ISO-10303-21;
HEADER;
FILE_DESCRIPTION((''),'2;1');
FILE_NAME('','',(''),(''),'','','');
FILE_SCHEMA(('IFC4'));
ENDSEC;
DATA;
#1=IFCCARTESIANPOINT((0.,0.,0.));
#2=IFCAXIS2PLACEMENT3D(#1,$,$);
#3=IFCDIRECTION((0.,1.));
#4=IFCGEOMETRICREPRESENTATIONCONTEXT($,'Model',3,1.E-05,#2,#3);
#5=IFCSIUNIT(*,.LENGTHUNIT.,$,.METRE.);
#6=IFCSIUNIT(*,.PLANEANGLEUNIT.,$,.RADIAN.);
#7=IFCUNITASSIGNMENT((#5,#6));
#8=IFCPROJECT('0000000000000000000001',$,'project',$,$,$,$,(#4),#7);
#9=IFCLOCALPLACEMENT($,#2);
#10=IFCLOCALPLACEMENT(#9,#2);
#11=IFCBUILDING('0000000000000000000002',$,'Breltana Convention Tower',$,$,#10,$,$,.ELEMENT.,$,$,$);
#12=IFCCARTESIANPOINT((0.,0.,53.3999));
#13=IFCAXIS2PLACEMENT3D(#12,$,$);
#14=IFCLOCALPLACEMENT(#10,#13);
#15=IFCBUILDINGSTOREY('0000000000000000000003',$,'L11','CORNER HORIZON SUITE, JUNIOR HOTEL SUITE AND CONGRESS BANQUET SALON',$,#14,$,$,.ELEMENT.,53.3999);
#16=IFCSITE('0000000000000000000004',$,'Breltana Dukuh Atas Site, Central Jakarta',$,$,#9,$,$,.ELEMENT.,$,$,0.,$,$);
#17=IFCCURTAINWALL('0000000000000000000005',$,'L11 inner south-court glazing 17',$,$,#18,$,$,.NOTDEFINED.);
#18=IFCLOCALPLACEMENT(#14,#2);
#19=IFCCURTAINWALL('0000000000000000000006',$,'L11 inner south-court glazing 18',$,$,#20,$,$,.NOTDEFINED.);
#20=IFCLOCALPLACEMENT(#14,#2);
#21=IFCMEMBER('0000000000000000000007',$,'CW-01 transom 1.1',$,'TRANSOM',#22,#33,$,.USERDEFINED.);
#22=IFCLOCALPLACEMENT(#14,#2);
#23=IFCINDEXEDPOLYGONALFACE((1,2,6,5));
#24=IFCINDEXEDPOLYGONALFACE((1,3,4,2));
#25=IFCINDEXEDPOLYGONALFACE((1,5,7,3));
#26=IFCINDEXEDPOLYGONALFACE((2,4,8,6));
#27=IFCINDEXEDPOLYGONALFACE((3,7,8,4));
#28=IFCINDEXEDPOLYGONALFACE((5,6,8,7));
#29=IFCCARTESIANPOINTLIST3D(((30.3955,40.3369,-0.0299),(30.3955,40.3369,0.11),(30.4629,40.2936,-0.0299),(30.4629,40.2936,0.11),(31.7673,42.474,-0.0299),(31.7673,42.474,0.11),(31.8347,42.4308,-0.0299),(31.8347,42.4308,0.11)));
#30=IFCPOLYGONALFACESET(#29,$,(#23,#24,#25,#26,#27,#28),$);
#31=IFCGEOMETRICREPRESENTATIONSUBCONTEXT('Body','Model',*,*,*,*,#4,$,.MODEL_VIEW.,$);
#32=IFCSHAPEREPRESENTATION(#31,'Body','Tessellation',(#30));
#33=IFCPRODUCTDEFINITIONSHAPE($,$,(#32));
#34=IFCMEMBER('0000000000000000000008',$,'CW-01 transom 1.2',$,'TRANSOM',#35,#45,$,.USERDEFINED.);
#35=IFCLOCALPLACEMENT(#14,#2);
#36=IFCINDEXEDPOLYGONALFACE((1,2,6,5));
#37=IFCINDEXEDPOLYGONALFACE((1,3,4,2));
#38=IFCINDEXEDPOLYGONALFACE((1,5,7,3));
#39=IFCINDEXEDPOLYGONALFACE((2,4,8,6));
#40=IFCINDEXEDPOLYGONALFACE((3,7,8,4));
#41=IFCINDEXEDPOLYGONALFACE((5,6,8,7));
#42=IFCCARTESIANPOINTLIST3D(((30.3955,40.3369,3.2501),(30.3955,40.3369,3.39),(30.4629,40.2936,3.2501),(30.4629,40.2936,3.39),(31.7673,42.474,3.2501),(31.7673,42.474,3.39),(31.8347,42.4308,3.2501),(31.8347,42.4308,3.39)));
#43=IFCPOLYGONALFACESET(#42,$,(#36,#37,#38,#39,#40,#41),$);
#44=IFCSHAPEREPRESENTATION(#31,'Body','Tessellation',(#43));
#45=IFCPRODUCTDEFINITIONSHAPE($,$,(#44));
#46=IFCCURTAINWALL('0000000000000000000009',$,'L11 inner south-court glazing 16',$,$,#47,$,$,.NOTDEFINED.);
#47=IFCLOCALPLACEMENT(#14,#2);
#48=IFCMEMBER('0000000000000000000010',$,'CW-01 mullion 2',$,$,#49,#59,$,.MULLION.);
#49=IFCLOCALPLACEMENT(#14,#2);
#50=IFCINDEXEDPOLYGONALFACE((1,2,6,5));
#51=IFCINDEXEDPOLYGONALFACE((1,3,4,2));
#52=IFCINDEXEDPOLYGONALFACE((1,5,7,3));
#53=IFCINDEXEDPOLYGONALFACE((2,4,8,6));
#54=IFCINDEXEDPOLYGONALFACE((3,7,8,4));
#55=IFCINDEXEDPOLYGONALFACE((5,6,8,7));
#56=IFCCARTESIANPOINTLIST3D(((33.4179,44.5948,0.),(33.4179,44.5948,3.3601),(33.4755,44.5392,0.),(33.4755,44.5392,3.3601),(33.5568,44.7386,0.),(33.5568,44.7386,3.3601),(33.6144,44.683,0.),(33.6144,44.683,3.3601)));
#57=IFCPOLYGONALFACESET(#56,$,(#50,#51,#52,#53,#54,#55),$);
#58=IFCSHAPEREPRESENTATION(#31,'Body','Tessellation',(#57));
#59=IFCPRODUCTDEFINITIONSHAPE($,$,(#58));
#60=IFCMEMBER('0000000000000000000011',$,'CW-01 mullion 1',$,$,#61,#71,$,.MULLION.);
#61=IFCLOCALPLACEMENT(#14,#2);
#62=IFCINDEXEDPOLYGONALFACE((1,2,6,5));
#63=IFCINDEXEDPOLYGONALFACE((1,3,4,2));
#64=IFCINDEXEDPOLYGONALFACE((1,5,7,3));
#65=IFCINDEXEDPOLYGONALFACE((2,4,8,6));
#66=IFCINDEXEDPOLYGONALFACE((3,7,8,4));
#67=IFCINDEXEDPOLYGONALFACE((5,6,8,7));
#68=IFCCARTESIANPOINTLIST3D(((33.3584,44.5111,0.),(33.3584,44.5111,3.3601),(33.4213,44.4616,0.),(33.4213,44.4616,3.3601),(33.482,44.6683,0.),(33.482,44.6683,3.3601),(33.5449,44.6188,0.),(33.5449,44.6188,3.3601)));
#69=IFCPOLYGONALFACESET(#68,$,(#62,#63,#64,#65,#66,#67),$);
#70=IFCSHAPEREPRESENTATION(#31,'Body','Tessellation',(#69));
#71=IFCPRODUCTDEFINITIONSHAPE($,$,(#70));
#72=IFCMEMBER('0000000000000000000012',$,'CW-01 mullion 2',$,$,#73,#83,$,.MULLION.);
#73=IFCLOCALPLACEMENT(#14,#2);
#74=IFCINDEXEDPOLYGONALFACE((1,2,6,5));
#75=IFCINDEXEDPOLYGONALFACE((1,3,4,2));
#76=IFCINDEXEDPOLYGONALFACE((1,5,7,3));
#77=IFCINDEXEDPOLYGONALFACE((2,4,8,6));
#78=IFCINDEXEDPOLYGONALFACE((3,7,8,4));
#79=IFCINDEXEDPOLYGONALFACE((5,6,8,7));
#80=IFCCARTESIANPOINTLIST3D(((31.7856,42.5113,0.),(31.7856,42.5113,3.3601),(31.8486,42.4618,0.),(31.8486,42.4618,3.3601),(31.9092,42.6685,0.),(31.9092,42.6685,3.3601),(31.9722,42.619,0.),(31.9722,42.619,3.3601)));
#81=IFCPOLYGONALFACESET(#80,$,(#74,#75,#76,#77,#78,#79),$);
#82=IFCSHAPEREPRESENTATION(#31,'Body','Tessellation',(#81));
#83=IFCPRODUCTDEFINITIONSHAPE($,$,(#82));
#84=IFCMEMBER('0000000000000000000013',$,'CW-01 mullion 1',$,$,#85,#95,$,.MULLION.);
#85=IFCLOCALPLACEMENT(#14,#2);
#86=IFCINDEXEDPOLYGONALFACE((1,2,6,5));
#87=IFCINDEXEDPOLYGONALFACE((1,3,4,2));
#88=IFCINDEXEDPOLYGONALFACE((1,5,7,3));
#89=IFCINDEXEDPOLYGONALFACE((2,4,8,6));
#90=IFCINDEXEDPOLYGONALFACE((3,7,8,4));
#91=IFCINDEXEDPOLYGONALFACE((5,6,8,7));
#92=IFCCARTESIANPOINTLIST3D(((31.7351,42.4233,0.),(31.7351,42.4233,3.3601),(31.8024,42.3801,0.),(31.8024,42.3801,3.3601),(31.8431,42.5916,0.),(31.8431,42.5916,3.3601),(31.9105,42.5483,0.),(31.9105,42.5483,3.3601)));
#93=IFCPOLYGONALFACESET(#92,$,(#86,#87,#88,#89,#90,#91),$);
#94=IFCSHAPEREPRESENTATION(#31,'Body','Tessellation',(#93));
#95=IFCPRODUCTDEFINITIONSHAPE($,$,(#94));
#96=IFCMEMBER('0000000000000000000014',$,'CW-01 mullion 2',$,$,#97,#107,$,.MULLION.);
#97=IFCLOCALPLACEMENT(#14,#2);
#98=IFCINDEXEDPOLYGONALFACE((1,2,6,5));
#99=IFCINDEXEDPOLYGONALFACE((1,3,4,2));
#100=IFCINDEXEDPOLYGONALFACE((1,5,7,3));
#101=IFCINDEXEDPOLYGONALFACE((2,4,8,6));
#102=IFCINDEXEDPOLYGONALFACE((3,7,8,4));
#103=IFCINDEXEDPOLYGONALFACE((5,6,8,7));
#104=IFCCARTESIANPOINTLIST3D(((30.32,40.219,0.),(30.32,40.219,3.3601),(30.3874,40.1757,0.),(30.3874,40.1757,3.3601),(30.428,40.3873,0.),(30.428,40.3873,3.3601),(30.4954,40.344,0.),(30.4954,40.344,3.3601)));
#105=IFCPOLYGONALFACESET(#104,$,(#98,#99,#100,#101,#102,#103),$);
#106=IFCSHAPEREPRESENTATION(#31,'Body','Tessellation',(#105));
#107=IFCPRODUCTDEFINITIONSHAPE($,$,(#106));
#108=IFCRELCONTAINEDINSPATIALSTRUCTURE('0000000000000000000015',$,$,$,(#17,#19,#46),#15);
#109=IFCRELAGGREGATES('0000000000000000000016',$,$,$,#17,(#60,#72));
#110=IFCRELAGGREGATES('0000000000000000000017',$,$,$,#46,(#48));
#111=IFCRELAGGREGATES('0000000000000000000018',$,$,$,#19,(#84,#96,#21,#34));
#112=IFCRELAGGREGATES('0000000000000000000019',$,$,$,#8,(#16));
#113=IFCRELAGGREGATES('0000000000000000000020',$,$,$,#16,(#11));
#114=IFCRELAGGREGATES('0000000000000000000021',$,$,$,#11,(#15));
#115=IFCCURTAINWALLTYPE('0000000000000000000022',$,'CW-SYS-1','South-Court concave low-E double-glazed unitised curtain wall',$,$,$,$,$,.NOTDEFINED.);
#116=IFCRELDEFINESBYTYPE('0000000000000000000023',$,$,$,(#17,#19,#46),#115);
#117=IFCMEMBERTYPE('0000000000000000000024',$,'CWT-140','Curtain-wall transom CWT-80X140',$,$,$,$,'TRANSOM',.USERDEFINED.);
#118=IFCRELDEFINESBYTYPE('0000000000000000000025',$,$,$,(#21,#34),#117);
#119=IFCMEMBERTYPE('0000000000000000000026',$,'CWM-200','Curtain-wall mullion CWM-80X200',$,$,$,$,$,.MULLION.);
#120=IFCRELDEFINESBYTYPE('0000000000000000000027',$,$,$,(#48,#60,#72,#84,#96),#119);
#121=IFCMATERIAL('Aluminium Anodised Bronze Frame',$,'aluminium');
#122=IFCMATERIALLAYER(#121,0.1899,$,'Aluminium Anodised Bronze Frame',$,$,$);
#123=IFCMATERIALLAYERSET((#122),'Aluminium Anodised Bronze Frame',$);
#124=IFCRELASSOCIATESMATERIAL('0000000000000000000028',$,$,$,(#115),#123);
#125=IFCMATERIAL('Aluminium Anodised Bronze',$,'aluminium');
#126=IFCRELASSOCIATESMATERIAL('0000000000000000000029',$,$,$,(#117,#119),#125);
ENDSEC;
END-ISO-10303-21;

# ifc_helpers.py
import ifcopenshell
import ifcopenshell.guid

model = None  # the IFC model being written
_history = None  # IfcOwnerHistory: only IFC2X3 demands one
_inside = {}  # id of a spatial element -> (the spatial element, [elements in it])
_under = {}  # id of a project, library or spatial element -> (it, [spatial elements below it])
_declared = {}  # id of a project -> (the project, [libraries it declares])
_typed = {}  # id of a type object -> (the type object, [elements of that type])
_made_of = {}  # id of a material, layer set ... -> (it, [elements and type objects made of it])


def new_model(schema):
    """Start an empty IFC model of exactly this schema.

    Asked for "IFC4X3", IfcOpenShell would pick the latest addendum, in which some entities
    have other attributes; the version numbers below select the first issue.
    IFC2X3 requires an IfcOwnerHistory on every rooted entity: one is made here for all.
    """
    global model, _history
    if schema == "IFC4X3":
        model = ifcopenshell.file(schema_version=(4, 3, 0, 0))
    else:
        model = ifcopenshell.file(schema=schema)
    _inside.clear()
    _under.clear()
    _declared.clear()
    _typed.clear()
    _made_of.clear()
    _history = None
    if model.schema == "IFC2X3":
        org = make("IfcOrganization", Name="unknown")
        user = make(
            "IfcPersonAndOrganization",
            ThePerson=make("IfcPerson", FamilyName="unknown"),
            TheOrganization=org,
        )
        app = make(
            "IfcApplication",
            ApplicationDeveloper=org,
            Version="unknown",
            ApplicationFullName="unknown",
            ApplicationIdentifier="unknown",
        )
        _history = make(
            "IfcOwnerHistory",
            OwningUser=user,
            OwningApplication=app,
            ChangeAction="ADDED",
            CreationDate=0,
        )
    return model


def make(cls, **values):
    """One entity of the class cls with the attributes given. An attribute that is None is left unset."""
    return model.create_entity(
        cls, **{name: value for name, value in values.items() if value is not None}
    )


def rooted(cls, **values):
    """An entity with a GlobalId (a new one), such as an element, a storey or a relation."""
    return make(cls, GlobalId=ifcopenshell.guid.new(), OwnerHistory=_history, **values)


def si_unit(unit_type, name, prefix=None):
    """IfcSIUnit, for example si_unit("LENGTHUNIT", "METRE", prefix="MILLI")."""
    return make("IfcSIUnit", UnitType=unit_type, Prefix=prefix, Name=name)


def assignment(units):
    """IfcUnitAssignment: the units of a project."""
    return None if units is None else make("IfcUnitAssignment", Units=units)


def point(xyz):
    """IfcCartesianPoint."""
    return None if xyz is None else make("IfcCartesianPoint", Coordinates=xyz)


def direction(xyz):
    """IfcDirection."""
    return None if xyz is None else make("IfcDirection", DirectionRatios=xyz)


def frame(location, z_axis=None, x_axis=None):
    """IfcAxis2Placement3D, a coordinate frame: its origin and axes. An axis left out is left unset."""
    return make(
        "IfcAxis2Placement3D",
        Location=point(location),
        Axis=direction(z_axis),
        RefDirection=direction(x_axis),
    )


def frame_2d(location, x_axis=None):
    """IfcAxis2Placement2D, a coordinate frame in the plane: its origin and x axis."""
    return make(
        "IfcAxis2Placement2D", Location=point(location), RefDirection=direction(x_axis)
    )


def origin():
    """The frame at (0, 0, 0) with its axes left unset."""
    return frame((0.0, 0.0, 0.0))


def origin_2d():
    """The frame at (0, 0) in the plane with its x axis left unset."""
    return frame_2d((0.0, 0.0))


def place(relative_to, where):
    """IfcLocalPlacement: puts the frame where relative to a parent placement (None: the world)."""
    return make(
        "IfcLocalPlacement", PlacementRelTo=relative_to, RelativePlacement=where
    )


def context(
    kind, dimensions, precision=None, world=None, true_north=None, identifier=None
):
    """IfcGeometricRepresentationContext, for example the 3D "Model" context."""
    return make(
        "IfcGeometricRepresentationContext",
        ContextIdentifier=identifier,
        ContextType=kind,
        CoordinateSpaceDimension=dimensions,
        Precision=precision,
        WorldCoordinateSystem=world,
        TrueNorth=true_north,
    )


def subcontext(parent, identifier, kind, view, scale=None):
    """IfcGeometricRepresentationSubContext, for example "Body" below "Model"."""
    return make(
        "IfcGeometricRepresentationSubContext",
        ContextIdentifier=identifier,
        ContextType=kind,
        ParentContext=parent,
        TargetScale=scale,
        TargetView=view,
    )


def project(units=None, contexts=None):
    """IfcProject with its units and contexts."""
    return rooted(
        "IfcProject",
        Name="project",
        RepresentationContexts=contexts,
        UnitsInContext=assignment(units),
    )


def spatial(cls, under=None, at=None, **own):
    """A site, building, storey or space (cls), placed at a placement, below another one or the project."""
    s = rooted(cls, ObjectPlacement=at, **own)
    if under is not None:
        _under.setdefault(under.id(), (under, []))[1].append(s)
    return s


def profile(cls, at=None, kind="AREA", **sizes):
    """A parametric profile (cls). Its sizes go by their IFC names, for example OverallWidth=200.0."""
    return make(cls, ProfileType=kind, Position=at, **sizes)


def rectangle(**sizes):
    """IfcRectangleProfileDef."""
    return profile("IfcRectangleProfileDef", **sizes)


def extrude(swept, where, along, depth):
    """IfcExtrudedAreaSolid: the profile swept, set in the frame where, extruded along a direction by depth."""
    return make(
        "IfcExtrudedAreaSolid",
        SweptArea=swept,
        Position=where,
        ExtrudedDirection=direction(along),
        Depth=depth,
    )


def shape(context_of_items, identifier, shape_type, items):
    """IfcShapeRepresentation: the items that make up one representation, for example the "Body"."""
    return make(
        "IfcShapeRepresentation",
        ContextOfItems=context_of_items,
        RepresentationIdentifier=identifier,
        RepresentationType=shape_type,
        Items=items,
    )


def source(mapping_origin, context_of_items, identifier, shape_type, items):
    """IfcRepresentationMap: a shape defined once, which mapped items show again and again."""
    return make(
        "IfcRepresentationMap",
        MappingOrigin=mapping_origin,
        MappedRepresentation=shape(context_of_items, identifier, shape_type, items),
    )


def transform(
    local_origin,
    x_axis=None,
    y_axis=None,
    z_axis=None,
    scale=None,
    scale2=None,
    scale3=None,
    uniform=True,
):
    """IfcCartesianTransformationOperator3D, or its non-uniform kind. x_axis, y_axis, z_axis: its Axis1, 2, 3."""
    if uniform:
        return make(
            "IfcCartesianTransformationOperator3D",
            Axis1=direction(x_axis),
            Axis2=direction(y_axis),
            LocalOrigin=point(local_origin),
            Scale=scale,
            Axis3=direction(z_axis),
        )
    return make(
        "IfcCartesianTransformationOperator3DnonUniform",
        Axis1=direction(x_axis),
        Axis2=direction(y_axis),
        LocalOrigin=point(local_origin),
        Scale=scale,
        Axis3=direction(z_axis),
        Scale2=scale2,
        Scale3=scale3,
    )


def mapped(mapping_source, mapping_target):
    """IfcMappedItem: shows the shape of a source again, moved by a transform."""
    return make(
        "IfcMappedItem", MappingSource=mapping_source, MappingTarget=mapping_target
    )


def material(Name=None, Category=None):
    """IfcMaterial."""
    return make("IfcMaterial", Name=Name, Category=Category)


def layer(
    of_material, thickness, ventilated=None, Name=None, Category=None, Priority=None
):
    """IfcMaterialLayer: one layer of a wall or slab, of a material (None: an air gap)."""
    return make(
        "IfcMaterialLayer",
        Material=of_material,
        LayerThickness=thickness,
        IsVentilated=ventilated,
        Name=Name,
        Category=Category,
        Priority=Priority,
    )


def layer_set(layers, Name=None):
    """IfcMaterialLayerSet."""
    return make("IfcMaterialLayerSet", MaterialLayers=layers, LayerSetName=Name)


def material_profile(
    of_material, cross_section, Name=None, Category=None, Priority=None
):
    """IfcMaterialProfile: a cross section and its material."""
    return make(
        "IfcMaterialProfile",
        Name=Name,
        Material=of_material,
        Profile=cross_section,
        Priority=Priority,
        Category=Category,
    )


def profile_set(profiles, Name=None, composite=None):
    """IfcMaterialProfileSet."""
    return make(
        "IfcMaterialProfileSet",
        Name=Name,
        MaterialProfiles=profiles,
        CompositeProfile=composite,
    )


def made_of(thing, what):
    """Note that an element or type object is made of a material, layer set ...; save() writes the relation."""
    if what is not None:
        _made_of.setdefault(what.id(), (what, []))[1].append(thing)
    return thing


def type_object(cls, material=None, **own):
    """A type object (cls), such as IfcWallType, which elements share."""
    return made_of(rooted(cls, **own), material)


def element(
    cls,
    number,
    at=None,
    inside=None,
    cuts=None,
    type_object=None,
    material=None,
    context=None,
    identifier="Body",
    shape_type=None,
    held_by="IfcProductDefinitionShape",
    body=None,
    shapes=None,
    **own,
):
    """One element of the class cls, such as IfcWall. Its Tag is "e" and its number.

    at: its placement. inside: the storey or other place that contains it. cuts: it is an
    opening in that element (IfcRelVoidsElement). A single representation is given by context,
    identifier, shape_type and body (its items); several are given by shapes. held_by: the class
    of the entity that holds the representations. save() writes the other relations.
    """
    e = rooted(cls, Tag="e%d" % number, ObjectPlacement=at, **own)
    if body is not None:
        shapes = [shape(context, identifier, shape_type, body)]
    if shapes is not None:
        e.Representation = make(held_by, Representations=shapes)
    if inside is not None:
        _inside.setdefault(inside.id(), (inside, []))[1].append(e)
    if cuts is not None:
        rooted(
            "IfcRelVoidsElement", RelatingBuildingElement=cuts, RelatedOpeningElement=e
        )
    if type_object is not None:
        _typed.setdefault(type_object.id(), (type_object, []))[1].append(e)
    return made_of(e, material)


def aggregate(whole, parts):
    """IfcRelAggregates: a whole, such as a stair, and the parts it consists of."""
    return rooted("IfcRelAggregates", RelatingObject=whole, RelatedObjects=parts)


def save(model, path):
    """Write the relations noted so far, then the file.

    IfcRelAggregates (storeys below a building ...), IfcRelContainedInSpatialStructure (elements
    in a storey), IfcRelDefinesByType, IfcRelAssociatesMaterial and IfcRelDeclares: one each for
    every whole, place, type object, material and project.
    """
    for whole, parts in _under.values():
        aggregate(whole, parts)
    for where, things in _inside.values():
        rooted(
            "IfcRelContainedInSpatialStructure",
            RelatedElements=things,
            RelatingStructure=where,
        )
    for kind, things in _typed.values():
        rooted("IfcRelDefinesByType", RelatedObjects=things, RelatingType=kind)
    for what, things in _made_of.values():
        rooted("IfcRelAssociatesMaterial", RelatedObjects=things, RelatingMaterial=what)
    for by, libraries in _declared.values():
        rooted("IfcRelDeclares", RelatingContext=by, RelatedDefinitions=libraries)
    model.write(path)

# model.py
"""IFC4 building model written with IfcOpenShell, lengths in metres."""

from ifc_helpers import new_model, si_unit, direction, frame, origin, origin_2d, place, context, subcontext, project, spatial, rectangle, extrude, source, transform, mapped, material, layer, layer_set, material_profile, profile_set, type_object, element, aggregate, save


model = new_model("IFC4")

# Units and contexts
model_context = context("Model", 3, precision=1e-05, world=origin(), true_north=direction((0.0, 1.0)))
body_context = subcontext(model_context, "Body", "Model", "MODEL_VIEW")
ifc_project = project(units=[si_unit("LENGTHUNIT", "METRE"), si_unit("PLANEANGLEUNIT", "RADIAN")], contexts=[model_context])

# Site, building, storey
site_placement = place(None, origin())
site = spatial("IfcSite", under=ifc_project, at=site_placement, Name="Breltana Dukuh Atas Site, Central Jakarta", CompositionType="ELEMENT", RefElevation=0.0)
building_placement = place(site_placement, origin())
building = spatial("IfcBuilding", under=site, at=building_placement, Name="Breltana Convention Tower", CompositionType="ELEMENT")
storey_placement = place(building_placement, frame((0.0, 0.0, 53.3999)))
storey = spatial("IfcBuildingStorey", under=building, at=storey_placement, Name="L11", Description="CORNER HORIZON SUITE, JUNIOR HOTEL SUITE AND CONGRESS BANQUET SALON", CompositionType="ELEMENT", Elevation=53.3999)

# Curtain walls, members
ifc_material_1 = material(Name="Aluminium Anodised Bronze Frame", Category="aluminium")
ifc_layer_1 = layer(ifc_material_1, 0.1899, Name="Aluminium Anodised Bronze Frame")
ifc_layer_set_1 = layer_set([ifc_layer_1], Name="Aluminium Anodised Bronze Frame")
curtain_wall_type = type_object("IfcCurtainWallType", Name="CW-SYS-1", Description="South-Court concave low-E double-glazed unitised curtain wall", PredefinedType="NOTDEFINED", material=ifc_layer_set_1)
curtain_wall_1_placement = place(storey_placement, origin())
curtain_wall_1 = element("IfcCurtainWall", 1, at=curtain_wall_1_placement, inside=storey, type_object=curtain_wall_type, Name="L11 inner south-court glazing 17", PredefinedType="NOTDEFINED")
ifc_material_2 = material(Name="Aluminium Anodised Bronze", Category="aluminium")
ifc_material_profile_1 = material_profile(ifc_material_2, rectangle(XDim=0.0801, YDim=0.1399, at=origin_2d()), Name="CWT-80X140")
ifc_profile_set_1 = profile_set([ifc_material_profile_1], Name="Aluminium Anodised Bronze")
member_type_1 = type_object("IfcMemberType", Name="CWT-140", Description="Curtain-wall transom CWT-80X140", ElementType="TRANSOM", PredefinedType="USERDEFINED", material=ifc_profile_set_1)
curtain_wall_2_placement = place(storey_placement, origin())
curtain_wall_2 = element("IfcCurtainWall", 2, at=curtain_wall_2_placement, inside=storey, type_object=curtain_wall_type, Name="L11 inner south-court glazing 18", PredefinedType="NOTDEFINED")
shared_shape_1 = source(origin(), body_context, "Body", "SweptSolid", [
    extrude(rectangle(XDim=0.0801, YDim=0.1399, at=origin_2d()), origin(), (0.0, 0.0, 1.0), 2.5396),
])
member_1_placement = place(storey_placement, frame((31.801, 42.4524, 0.04), z_axis=(-0.540174, -0.841553, 0.0), x_axis=(0.841553, -0.540174, 0.0)))
member_1 = element("IfcMember", 3, at=member_1_placement, type_object=member_type_1, Name="CW-01 transom 1.1", ObjectType="TRANSOM", PredefinedType="USERDEFINED", context=body_context, shape_type="MappedRepresentation", body=[
    mapped(shared_shape_1, transform((0.0, 0.0, 0.0), scale=1.0)),
])
member_2_placement = place(storey_placement, frame((31.801, 42.4524, 3.3201), z_axis=(-0.540174, -0.841553, 0.0), x_axis=(0.841553, -0.540174, 0.0)))
member_2 = element("IfcMember", 4, at=member_2_placement, type_object=member_type_1, Name="CW-01 transom 1.2", ObjectType="TRANSOM", PredefinedType="USERDEFINED", context=body_context, shape_type="MappedRepresentation", body=[
    mapped(shared_shape_1, transform((0.0, 0.0, 0.0), scale=1.0)),
])

# Curtain wall, member
curtain_wall_3_placement = place(storey_placement, origin())
curtain_wall_3 = element("IfcCurtainWall", 5, at=curtain_wall_3_placement, inside=storey, type_object=curtain_wall_type, Name="L11 inner south-court glazing 16", PredefinedType="NOTDEFINED")
ifc_material_profile_2 = material_profile(ifc_material_2, rectangle(XDim=0.0801, YDim=0.2, at=origin_2d()), Name="CWM-80X200")
ifc_profile_set_2 = profile_set([ifc_material_profile_2], Name="Aluminium Anodised Bronze")
member_type_2 = type_object("IfcMemberType", Name="CWM-200", Description="Curtain-wall mullion CWM-80X200", PredefinedType="MULLION", material=ifc_profile_set_2)
shared_shape_2 = source(origin(), body_context, "Body", "SweptSolid", [
    extrude(rectangle(XDim=0.0801, YDim=0.2, at=origin_2d()), origin(), (0.0, 0.0, 1.0), 3.3601),
])
member_3_placement = place(storey_placement, frame((33.5161, 44.6389, 0.0), z_axis=(0.0, 0.0, 1.0), x_axis=(0.719385, -0.694612, 0.0)))
member_3 = element("IfcMember", 6, at=member_3_placement, type_object=member_type_2, Name="CW-01 mullion 2", PredefinedType="MULLION", context=body_context, shape_type="MappedRepresentation", body=[
    mapped(shared_shape_2, transform((0.0, 0.0, 0.0), scale=1.0)),
])

# Members
member_4_placement = place(storey_placement, frame((33.4517, 44.5649, 0.0), z_axis=(0.0, 0.0, 1.0), x_axis=(0.786058, -0.618153, 0.0)))
member_4 = element("IfcMember", 7, at=member_4_placement, type_object=member_type_2, Name="CW-01 mullion 1", PredefinedType="MULLION", context=body_context, shape_type="MappedRepresentation", body=[
    mapped(shared_shape_2, transform((0.0, 0.0, 0.0), scale=1.0)),
])
member_5_placement = place(storey_placement, frame((31.8789, 42.5652, 0.0), z_axis=(0.0, 0.0, 1.0), x_axis=(0.786058, -0.618153, 0.0)))
member_5 = element("IfcMember", 8, at=member_5_placement, type_object=member_type_2, Name="CW-01 mullion 2", PredefinedType="MULLION", context=body_context, shape_type="MappedRepresentation", body=[
    mapped(shared_shape_2, transform((0.0, 0.0, 0.0), scale=1.0)),
])
member_6_placement = place(storey_placement, frame((31.8228, 42.4858, 0.0), z_axis=(0.0, 0.0, 1.0), x_axis=(0.841556, -0.54017, 0.0)))
member_6 = element("IfcMember", 9, at=member_6_placement, type_object=member_type_2, Name="CW-01 mullion 1", PredefinedType="MULLION", context=body_context, shape_type="MappedRepresentation", body=[
    mapped(shared_shape_2, transform((0.0, 0.0, 0.0), scale=1.0)),
])
member_7_placement = place(storey_placement, frame((30.4077, 40.2815, 0.0), z_axis=(0.0, 0.0, 1.0), x_axis=(0.841556, -0.54017, 0.0)))
member_7 = element("IfcMember", 10, at=member_7_placement, type_object=member_type_2, Name="CW-01 mullion 2", PredefinedType="MULLION", context=body_context, shape_type="MappedRepresentation", body=[
    mapped(shared_shape_2, transform((0.0, 0.0, 0.0), scale=1.0)),
])

aggregate(curtain_wall_1, [member_4, member_5])
aggregate(curtain_wall_3, [member_3])
aggregate(curtain_wall_2, [member_6, member_7, member_1, member_2])

save(model, "model.ifc")
